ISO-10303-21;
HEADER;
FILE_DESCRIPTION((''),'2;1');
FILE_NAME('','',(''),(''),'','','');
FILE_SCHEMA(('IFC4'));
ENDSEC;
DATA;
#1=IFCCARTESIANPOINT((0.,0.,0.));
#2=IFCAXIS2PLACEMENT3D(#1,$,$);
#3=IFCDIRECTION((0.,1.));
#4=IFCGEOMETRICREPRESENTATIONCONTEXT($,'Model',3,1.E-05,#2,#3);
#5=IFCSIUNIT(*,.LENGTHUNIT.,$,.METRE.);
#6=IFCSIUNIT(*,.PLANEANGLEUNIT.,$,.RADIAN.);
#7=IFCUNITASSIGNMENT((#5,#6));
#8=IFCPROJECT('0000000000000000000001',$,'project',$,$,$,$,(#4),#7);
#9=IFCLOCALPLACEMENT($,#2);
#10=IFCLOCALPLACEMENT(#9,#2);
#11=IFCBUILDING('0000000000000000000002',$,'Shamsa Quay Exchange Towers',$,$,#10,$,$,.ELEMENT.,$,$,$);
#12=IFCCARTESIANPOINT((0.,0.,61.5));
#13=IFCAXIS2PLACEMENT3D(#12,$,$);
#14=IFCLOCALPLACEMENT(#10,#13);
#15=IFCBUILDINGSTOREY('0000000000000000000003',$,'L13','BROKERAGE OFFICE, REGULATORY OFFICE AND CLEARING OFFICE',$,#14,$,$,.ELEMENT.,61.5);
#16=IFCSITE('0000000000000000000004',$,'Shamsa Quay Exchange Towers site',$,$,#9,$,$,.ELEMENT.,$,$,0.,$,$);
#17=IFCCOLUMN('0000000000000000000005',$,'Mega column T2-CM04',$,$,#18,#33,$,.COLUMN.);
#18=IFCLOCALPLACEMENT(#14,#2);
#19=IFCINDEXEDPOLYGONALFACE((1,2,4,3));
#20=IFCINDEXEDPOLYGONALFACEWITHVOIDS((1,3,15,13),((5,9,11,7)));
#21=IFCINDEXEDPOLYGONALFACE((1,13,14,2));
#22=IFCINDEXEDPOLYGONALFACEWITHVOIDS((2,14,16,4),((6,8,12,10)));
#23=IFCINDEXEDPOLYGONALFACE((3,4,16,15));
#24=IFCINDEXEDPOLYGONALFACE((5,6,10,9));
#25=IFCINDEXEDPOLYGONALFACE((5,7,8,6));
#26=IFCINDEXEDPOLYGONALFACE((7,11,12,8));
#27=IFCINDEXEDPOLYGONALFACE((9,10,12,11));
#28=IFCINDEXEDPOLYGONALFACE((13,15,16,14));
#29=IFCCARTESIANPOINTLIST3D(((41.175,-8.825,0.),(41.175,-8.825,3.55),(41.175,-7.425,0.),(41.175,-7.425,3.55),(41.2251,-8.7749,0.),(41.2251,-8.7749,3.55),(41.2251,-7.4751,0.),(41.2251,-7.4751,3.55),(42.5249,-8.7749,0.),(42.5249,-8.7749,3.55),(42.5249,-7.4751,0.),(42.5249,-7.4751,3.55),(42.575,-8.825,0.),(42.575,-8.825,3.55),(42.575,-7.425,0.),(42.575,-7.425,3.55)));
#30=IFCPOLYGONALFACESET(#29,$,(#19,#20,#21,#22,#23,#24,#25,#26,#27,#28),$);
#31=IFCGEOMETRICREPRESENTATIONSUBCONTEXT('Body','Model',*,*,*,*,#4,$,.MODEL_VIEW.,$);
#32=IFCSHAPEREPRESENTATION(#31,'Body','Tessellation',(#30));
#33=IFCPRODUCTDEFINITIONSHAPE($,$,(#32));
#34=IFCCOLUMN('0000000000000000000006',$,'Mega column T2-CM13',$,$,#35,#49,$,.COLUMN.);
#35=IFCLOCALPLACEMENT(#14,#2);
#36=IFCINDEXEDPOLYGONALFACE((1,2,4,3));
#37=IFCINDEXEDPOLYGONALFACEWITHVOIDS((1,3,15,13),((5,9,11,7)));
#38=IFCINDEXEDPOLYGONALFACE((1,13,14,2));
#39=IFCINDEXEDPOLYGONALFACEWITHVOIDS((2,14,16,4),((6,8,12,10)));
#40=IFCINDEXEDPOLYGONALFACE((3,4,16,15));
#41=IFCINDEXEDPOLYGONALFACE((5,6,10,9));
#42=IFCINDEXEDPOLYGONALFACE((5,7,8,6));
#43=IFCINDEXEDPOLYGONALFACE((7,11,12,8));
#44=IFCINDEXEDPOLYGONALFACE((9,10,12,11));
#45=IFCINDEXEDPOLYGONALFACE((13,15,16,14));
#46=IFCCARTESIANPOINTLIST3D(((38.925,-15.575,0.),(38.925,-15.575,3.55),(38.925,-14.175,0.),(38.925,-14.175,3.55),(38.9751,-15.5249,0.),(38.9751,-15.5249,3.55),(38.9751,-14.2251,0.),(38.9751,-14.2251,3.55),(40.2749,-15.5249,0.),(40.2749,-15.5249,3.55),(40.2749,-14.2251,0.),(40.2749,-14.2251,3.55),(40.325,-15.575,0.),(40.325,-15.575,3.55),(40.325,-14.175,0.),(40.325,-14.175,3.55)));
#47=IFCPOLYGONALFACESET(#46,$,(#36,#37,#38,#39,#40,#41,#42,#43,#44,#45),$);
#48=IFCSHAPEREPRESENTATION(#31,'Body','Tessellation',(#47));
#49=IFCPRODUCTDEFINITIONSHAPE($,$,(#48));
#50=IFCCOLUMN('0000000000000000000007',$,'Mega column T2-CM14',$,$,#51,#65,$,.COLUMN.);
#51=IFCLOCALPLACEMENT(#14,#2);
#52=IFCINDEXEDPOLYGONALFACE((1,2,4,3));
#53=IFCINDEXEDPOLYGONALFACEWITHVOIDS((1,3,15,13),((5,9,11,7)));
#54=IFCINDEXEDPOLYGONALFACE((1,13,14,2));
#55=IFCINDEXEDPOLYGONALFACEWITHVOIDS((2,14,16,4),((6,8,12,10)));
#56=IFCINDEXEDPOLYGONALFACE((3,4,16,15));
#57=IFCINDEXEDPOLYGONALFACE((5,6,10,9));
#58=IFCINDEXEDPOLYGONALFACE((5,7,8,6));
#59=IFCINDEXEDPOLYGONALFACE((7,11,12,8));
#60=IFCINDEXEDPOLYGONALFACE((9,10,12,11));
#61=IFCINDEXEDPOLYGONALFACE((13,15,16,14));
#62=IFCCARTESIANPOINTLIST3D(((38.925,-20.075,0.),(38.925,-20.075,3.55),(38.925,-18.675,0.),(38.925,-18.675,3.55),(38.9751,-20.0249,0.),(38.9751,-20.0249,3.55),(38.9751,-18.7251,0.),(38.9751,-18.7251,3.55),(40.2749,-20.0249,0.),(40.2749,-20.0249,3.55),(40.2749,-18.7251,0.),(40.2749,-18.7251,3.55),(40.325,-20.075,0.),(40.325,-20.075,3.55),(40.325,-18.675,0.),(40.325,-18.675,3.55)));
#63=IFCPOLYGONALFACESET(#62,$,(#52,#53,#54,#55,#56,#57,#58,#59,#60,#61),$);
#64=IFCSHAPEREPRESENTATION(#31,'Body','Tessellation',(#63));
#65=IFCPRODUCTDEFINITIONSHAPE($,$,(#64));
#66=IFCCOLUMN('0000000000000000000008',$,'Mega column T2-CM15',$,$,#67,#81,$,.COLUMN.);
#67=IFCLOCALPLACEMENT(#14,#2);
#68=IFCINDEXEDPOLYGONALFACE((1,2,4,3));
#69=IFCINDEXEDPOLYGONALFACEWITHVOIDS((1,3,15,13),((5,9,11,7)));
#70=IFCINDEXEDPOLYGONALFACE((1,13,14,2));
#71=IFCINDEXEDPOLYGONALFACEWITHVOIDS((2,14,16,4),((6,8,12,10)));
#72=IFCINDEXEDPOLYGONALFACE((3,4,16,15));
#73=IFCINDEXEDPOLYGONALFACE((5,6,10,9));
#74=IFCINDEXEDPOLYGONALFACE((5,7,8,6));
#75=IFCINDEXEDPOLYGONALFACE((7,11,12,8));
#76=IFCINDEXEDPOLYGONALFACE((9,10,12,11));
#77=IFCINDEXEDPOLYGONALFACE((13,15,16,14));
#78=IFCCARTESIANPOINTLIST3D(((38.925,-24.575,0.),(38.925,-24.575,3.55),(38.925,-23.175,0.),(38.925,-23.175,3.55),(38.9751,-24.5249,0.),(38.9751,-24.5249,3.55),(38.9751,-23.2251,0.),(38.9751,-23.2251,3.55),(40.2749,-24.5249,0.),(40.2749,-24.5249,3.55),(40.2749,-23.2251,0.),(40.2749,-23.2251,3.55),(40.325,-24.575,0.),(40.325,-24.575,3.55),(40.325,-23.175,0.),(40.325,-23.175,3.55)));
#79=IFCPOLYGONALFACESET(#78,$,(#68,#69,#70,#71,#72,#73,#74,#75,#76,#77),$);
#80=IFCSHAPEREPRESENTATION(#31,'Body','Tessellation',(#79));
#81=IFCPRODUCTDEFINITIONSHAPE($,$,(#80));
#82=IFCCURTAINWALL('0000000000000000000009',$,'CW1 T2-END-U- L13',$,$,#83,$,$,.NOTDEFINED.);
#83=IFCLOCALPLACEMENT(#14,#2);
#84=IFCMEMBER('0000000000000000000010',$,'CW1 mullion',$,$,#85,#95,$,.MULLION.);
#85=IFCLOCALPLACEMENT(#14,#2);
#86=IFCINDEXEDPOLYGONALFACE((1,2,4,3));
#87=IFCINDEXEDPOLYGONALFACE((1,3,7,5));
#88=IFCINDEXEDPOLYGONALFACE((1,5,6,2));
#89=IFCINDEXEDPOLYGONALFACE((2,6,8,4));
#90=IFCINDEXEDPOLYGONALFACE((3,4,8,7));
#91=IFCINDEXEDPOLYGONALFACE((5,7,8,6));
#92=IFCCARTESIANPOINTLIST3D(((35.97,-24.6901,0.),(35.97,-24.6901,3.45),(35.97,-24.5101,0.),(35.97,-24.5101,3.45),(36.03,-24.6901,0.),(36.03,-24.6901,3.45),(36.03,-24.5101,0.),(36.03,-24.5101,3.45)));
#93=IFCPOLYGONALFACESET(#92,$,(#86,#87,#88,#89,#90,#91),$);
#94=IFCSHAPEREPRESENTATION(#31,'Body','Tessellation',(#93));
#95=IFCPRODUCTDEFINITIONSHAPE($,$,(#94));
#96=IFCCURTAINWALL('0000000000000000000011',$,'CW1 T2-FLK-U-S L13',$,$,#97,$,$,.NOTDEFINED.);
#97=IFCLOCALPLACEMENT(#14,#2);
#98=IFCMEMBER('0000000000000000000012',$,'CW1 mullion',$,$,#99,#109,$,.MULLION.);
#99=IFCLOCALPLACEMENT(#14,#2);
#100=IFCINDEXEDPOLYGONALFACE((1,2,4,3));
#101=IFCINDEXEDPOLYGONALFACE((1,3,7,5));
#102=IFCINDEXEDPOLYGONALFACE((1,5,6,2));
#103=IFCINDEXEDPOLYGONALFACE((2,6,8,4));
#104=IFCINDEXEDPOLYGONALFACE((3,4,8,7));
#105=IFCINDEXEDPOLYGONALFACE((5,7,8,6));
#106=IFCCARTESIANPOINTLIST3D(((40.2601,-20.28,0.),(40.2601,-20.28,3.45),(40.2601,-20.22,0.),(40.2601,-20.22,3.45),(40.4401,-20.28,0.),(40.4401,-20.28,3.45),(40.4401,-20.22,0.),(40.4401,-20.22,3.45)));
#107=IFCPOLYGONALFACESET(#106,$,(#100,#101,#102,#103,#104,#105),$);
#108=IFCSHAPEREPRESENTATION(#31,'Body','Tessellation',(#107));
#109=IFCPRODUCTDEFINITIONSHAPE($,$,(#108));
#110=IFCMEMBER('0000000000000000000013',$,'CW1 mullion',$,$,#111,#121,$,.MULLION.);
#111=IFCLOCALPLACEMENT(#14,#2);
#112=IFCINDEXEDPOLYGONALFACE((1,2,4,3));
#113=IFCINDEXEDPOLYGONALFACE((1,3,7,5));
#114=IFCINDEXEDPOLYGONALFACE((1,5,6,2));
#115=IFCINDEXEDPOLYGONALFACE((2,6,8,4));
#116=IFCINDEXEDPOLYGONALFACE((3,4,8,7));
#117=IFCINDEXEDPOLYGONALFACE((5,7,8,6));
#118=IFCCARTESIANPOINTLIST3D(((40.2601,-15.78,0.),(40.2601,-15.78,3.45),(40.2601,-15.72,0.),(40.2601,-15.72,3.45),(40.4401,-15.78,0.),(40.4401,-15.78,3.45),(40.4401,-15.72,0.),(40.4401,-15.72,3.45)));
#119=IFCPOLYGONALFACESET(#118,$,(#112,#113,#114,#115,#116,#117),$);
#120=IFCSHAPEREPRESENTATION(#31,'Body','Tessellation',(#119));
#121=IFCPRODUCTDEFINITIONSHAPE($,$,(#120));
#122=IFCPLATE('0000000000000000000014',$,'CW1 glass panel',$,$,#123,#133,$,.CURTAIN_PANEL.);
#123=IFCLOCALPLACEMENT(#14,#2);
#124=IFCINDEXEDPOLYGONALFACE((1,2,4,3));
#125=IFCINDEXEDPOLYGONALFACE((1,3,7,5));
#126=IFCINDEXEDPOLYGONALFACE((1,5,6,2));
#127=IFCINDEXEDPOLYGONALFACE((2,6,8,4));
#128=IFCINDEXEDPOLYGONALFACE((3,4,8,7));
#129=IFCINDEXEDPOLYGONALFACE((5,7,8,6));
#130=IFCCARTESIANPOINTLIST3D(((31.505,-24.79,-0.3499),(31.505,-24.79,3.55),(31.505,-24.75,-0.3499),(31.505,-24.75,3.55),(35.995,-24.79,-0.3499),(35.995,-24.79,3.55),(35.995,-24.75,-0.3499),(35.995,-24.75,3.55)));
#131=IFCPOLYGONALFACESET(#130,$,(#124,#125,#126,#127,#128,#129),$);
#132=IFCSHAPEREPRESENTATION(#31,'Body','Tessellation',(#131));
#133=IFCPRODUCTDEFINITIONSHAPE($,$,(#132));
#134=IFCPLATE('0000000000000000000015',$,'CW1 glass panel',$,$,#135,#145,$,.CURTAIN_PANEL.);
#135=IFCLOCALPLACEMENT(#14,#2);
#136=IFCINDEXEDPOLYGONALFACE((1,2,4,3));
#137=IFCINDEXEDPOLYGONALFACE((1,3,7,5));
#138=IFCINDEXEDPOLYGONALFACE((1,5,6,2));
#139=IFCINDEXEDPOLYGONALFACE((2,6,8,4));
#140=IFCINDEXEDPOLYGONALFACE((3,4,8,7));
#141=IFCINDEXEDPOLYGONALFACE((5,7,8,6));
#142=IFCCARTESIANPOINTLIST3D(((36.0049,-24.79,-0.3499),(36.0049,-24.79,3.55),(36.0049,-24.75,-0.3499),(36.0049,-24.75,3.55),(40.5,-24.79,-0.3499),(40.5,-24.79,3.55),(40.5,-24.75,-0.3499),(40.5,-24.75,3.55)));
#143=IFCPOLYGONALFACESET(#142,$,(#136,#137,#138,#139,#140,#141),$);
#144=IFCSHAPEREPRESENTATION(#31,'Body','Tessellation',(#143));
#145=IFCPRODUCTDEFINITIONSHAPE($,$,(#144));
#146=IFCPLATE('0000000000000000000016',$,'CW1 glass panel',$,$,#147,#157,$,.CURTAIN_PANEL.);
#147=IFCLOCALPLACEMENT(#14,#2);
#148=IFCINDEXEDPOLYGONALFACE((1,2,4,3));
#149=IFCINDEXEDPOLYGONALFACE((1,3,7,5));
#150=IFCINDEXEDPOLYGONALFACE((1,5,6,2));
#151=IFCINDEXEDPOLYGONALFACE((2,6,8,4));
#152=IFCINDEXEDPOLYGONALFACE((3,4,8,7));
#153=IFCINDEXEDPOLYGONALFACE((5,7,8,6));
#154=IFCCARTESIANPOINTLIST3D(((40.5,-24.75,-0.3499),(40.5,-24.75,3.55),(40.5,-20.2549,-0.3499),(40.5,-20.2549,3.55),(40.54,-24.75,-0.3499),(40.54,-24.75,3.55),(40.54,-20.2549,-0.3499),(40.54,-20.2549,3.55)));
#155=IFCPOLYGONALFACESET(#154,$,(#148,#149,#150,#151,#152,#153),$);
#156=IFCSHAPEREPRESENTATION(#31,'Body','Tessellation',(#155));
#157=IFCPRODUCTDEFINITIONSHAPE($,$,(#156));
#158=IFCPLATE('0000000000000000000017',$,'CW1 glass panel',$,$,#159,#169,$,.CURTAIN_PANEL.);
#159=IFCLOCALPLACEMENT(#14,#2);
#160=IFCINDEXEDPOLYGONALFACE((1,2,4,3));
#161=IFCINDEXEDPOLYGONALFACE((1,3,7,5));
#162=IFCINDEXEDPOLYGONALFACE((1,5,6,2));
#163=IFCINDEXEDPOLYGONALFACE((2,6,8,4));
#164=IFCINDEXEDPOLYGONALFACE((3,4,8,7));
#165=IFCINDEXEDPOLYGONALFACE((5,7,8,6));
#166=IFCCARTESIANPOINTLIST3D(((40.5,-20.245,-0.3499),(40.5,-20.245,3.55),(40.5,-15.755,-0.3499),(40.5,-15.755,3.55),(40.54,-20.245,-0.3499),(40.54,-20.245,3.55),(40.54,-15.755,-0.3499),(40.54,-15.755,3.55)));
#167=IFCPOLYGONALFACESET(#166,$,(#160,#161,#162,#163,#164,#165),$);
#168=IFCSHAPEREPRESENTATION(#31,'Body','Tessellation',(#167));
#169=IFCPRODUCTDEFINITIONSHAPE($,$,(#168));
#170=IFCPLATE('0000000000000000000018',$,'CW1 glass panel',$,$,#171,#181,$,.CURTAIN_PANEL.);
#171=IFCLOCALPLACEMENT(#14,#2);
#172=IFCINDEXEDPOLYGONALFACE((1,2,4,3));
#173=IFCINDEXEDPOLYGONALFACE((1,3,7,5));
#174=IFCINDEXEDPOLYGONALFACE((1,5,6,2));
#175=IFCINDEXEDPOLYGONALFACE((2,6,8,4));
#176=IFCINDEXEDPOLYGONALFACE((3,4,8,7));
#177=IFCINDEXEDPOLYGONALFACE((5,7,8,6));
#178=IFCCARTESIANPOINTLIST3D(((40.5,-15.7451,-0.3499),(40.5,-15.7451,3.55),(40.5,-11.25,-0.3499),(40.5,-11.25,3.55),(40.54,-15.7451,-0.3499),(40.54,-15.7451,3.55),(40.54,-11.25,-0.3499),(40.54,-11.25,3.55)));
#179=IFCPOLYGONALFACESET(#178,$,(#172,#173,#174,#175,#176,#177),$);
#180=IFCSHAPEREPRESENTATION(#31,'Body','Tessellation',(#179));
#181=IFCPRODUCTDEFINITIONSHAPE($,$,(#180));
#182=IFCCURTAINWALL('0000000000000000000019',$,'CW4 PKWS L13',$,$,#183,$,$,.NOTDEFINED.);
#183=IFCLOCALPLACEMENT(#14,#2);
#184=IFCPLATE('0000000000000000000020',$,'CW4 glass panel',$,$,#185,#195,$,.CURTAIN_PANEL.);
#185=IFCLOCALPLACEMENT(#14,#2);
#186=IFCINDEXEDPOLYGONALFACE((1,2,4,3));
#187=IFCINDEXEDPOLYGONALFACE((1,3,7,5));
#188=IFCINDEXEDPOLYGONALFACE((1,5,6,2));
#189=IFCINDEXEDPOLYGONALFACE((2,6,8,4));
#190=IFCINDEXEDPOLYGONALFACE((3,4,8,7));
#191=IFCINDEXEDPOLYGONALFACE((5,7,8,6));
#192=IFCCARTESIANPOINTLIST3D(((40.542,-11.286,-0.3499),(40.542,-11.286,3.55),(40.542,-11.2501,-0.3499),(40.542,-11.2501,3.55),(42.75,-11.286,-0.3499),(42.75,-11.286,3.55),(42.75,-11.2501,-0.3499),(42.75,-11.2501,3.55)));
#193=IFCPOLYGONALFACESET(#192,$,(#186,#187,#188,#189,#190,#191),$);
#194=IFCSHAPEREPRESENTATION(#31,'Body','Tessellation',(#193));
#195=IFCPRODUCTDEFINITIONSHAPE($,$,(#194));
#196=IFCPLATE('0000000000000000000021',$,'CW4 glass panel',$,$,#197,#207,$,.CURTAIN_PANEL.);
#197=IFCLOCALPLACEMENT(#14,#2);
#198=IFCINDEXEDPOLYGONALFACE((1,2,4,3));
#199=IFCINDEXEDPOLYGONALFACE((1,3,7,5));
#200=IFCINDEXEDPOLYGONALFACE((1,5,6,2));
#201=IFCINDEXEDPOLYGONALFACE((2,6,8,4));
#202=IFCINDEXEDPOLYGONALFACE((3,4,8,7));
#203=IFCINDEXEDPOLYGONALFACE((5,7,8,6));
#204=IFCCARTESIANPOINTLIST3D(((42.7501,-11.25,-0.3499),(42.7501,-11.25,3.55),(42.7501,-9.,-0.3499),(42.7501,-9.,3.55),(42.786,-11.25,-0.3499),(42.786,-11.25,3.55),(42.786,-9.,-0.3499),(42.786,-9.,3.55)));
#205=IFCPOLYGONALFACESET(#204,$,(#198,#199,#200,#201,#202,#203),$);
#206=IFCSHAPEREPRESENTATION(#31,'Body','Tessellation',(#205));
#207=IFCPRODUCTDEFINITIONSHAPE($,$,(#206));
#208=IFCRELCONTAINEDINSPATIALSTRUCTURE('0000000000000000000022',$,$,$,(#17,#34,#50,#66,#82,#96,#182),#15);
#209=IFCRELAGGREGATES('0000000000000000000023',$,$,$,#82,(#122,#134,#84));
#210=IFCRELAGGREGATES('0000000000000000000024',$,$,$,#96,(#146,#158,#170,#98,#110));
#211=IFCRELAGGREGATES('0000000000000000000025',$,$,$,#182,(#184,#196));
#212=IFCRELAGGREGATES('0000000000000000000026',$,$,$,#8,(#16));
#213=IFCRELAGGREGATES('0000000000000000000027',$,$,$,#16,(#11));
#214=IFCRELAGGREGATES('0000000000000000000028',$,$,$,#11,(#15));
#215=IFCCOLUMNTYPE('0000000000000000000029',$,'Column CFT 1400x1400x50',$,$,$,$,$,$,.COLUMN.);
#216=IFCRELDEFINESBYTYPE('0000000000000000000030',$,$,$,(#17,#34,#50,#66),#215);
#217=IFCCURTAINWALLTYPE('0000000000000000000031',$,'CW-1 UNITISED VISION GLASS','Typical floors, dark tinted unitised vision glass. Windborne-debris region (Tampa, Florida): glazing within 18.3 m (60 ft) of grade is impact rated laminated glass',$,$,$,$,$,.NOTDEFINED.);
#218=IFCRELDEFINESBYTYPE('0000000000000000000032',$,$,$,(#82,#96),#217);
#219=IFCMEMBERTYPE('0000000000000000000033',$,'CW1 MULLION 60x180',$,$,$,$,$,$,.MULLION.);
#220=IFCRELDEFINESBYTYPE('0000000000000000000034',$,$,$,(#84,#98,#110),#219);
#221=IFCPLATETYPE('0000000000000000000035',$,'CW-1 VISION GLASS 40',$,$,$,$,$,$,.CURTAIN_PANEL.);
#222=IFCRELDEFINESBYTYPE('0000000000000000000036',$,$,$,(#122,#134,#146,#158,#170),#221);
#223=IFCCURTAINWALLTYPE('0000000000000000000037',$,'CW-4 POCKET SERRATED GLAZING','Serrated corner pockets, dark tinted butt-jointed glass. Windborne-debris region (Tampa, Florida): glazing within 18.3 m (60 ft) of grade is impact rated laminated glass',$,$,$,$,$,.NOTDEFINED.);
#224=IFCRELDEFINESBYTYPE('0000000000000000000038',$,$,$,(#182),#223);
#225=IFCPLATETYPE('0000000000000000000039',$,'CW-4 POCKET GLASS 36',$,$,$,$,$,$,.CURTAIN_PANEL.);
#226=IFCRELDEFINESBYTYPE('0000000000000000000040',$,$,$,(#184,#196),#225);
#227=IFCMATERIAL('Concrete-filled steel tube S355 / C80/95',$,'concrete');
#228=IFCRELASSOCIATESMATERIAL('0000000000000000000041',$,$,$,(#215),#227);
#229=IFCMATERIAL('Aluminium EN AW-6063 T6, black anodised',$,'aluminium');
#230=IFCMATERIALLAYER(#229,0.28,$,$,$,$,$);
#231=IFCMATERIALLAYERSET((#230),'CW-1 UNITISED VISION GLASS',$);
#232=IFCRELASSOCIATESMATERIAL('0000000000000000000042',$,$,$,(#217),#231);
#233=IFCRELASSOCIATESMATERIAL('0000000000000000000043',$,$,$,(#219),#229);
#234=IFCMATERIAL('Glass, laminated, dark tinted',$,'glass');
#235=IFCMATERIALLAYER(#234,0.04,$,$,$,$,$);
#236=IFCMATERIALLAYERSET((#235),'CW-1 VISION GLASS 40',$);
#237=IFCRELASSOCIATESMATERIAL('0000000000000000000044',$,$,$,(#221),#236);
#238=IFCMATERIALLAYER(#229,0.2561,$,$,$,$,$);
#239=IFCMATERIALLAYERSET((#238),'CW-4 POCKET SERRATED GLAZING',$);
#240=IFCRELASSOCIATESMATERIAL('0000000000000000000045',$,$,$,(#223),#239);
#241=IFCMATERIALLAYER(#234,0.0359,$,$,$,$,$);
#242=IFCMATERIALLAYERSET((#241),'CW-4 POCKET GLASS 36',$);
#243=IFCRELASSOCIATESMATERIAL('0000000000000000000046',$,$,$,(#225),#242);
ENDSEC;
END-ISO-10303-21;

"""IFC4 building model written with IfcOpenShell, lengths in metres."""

from ifc_helpers import new_model, si_unit, direction, frame, origin, origin_2d, place, context, subcontext, project, spatial, rectangle, hollow_rectangle, extrude, material, layer, layer_set, material_profile, profile_set, type_object, element, aggregate, save


model = new_model("IFC4")

# Units and contexts
model_context = context("Model", 3, precision=1e-05, world=origin(), true_north=direction((0.0, 1.0)))
body_context = subcontext(model_context, "Body", "Model", "MODEL_VIEW")
ifc_project = project(units=[si_unit("LENGTHUNIT", "METRE"), si_unit("PLANEANGLEUNIT", "RADIAN")], contexts=[model_context])

# Site, building, storey
site_placement = place(None, origin())
site = spatial("IfcSite", under=ifc_project, at=site_placement, Name="Shamsa Quay Exchange Towers site", CompositionType="ELEMENT", RefElevation=0.0)
building_placement = place(site_placement, origin())
building = spatial("IfcBuilding", under=site, at=building_placement, Name="Shamsa Quay Exchange Towers", CompositionType="ELEMENT")
storey_placement = place(building_placement, frame((0.0, 0.0, 61.5)))
storey = spatial("IfcBuildingStorey", under=building, at=storey_placement, Name="L13", Description="BROKERAGE OFFICE, REGULATORY OFFICE AND CLEARING OFFICE", CompositionType="ELEMENT", Elevation=61.5)

# Columns
ifc_material_1 = material(Name="Concrete-filled steel tube S355 / C80/95", Category="concrete")
ifc_material_profile_1 = material_profile(ifc_material_1, hollow_rectangle(XDim=1.3999, YDim=1.3999, WallThickness=0.05, at=origin_2d()), Name="CFT 1400x1400x50")
ifc_profile_set_1 = profile_set([ifc_material_profile_1], Name="Concrete-filled steel tube S355 / C80/95")
column_type = type_object("IfcColumnType", Name="Column CFT 1400x1400x50", PredefinedType="COLUMN", material=ifc_profile_set_1)
for number, where, name in (
    (1, (41.875, -8.125, 0.0), "Mega column T2-CM04"),
    (2, (39.625, -14.875, 0.0), "Mega column T2-CM13"),
    (3, (39.625, -19.375, 0.0), "Mega column T2-CM14"),
    (4, (39.625, -23.875, 0.0), "Mega column T2-CM15"),
):
    element("IfcColumn", number, at=place(storey_placement, frame(where)), inside=storey, type_object=column_type, Name=name, PredefinedType="COLUMN", context=body_context, shape_type="SweptSolid", body=[
        extrude(hollow_rectangle(XDim=1.3999, YDim=1.3999, WallThickness=0.05, at=origin_2d()), origin(), (0.0, 0.0, 1.0), 3.55),
    ])

# Curtain wall, member
ifc_material_2 = material(Name="Aluminium EN AW-6063 T6, black anodised", Category="aluminium")
ifc_layer_1 = layer(ifc_material_2, 0.28)
ifc_layer_set_1 = layer_set([ifc_layer_1], Name="CW-1 UNITISED VISION GLASS")
curtain_wall_type_1 = type_object("IfcCurtainWallType", Name="CW-1 UNITISED VISION GLASS", Description="Typical floors, dark tinted unitised vision glass. Windborne-debris region (Tampa, Florida): glazing within 18.3 m (60 ft) of grade is impact rated laminated glass", PredefinedType="NOTDEFINED", material=ifc_layer_set_1)
curtain_wall_1_placement = place(storey_placement, origin())
curtain_wall_1 = element("IfcCurtainWall", 5, at=curtain_wall_1_placement, inside=storey, type_object=curtain_wall_type_1, Name="CW1 T2-END-U- L13", PredefinedType="NOTDEFINED")
ifc_material_profile_2 = material_profile(ifc_material_2, rectangle(XDim=0.1799, YDim=0.0601, at=origin_2d()), Name="MU60x180")
ifc_profile_set_2 = profile_set([ifc_material_profile_2], Name="Aluminium EN AW-6063 T6, black anodised")
member_type = type_object("IfcMemberType", Name="CW1 MULLION 60x180", PredefinedType="MULLION", material=ifc_profile_set_2)
member_1_placement = place(storey_placement, frame((36.0, -24.6001, 0.0), z_axis=(0.0, 0.0, 1.0), x_axis=(0.0, 1.0, 0.0)))
member_1 = element("IfcMember", 6, at=member_1_placement, type_object=member_type, Name="CW1 mullion", PredefinedType="MULLION", context=body_context, shape_type="SweptSolid", body=[
    extrude(rectangle(XDim=0.1799, YDim=0.0601, at=origin_2d()), origin(), (0.0, 0.0, 1.0), 3.45),
])

# Curtain wall, members
curtain_wall_2_placement = place(storey_placement, origin())
curtain_wall_2 = element("IfcCurtainWall", 7, at=curtain_wall_2_placement, inside=storey, type_object=curtain_wall_type_1, Name="CW1 T2-FLK-U-S L13", PredefinedType="NOTDEFINED")
member_2_placement = place(storey_placement, frame((40.3501, -20.25, 0.0), z_axis=(0.0, 0.0, 1.0), x_axis=(-1.0, 0.0, 0.0)))
member_2 = element("IfcMember", 8, at=member_2_placement, type_object=member_type, Name="CW1 mullion", PredefinedType="MULLION", context=body_context, shape_type="SweptSolid", body=[
    extrude(rectangle(XDim=0.1799, YDim=0.0601, at=origin_2d()), origin(), (0.0, 0.0, 1.0), 3.45),
])
member_3_placement = place(storey_placement, frame((40.3501, -15.75, 0.0), z_axis=(0.0, 0.0, 1.0), x_axis=(-1.0, 0.0, 0.0)))
member_3 = element("IfcMember", 9, at=member_3_placement, type_object=member_type, Name="CW1 mullion", PredefinedType="MULLION", context=body_context, shape_type="SweptSolid", body=[
    extrude(rectangle(XDim=0.1799, YDim=0.0601, at=origin_2d()), origin(), (0.0, 0.0, 1.0), 3.45),
])

# Plates
ifc_material_3 = material(Name="Glass, laminated, dark tinted", Category="glass")
ifc_layer_2 = layer(ifc_material_3, 0.04)
ifc_layer_set_2 = layer_set([ifc_layer_2], Name="CW-1 VISION GLASS 40")
plate_type_1 = type_object("IfcPlateType", Name="CW-1 VISION GLASS 40", PredefinedType="CURTAIN_PANEL", material=ifc_layer_set_2)
plate_1_placement = place(storey_placement, frame((33.75, -24.77, -0.3499)))
plate_1 = element("IfcPlate", 10, at=plate_1_placement, type_object=plate_type_1, Name="CW1 glass panel", PredefinedType="CURTAIN_PANEL", context=body_context, shape_type="SweptSolid", body=[
    extrude(rectangle(XDim=4.49, YDim=0.04, at=origin_2d()), origin(), (0.0, 0.0, 1.0), 3.8999),
])
plate_2_placement = place(storey_placement, frame((38.2524, -24.77, -0.3499)))
plate_2 = element("IfcPlate", 11, at=plate_2_placement, type_object=plate_type_1, Name="CW1 glass panel", PredefinedType="CURTAIN_PANEL", context=body_context, shape_type="SweptSolid", body=[
    extrude(rectangle(XDim=4.4951, YDim=0.04, at=origin_2d()), origin(), (0.0, 0.0, 1.0), 3.8999),
])
aggregate(curtain_wall_1, [plate_1, plate_2, member_1])
plate_3_placement = place(storey_placement, frame((40.52, -22.5024, -0.3499), z_axis=(0.0, 0.0, 1.0), x_axis=(0.0, 1.0, 0.0)))
plate_3 = element("IfcPlate", 12, at=plate_3_placement, type_object=plate_type_1, Name="CW1 glass panel", PredefinedType="CURTAIN_PANEL", context=body_context, shape_type="SweptSolid", body=[
    extrude(rectangle(XDim=4.4951, YDim=0.04, at=origin_2d()), origin(), (0.0, 0.0, 1.0), 3.8999),
])
plate_4_placement = place(storey_placement, frame((40.52, -18.0, -0.3499), z_axis=(0.0, 0.0, 1.0), x_axis=(0.0, 1.0, 0.0)))
plate_4 = element("IfcPlate", 13, at=plate_4_placement, type_object=plate_type_1, Name="CW1 glass panel", PredefinedType="CURTAIN_PANEL", context=body_context, shape_type="SweptSolid", body=[
    extrude(rectangle(XDim=4.49, YDim=0.04, at=origin_2d()), origin(), (0.0, 0.0, 1.0), 3.8999),
])
plate_5_placement = place(storey_placement, frame((40.52, -13.4976, -0.3499), z_axis=(0.0, 0.0, 1.0), x_axis=(0.0, 1.0, 0.0)))
plate_5 = element("IfcPlate", 14, at=plate_5_placement, type_object=plate_type_1, Name="CW1 glass panel", PredefinedType="CURTAIN_PANEL", context=body_context, shape_type="SweptSolid", body=[
    extrude(rectangle(XDim=4.4951, YDim=0.04, at=origin_2d()), origin(), (0.0, 0.0, 1.0), 3.8999),
])
aggregate(curtain_wall_2, [plate_3, plate_4, plate_5, member_2, member_3])

# Curtain wall, plates
ifc_layer_3 = layer(ifc_material_2, 0.2561)
ifc_layer_set_3 = layer_set([ifc_layer_3], Name="CW-4 POCKET SERRATED GLAZING")
curtain_wall_type_2 = type_object("IfcCurtainWallType", Name="CW-4 POCKET SERRATED GLAZING", Description="Serrated corner pockets, dark tinted butt-jointed glass. Windborne-debris region (Tampa, Florida): glazing within 18.3 m (60 ft) of grade is impact rated laminated glass", PredefinedType="NOTDEFINED", material=ifc_layer_set_3)
curtain_wall_3_placement = place(storey_placement, origin())
curtain_wall_3 = element("IfcCurtainWall", 15, at=curtain_wall_3_placement, inside=storey, type_object=curtain_wall_type_2, Name="CW4 PKWS L13", PredefinedType="NOTDEFINED")
ifc_layer_4 = layer(ifc_material_3, 0.0359)
ifc_layer_set_4 = layer_set([ifc_layer_4], Name="CW-4 POCKET GLASS 36")
plate_type_2 = type_object("IfcPlateType", Name="CW-4 POCKET GLASS 36", PredefinedType="CURTAIN_PANEL", material=ifc_layer_set_4)
plate_6_placement = place(storey_placement, frame((41.646, -11.2681, -0.3499)))
plate_6 = element("IfcPlate", 16, at=plate_6_placement, type_object=plate_type_2, Name="CW4 glass panel", PredefinedType="CURTAIN_PANEL", context=body_context, shape_type="SweptSolid", body=[
    extrude(rectangle(XDim=2.208, YDim=0.0359, at=origin_2d()), origin(), (0.0, 0.0, 1.0), 3.8999),
])
plate_7_placement = place(storey_placement, frame((42.7681, -10.125, -0.3499), z_axis=(0.0, 0.0, 1.0), x_axis=(0.0, 1.0, 0.0)))
plate_7 = element("IfcPlate", 17, at=plate_7_placement, type_object=plate_type_2, Name="CW4 glass panel", PredefinedType="CURTAIN_PANEL", context=body_context, shape_type="SweptSolid", body=[
    extrude(rectangle(XDim=2.25, YDim=0.0359, at=origin_2d()), origin(), (0.0, 0.0, 1.0), 3.8999),
])
aggregate(curtain_wall_3, [plate_6, plate_7])

save(model, "model.ifc")
